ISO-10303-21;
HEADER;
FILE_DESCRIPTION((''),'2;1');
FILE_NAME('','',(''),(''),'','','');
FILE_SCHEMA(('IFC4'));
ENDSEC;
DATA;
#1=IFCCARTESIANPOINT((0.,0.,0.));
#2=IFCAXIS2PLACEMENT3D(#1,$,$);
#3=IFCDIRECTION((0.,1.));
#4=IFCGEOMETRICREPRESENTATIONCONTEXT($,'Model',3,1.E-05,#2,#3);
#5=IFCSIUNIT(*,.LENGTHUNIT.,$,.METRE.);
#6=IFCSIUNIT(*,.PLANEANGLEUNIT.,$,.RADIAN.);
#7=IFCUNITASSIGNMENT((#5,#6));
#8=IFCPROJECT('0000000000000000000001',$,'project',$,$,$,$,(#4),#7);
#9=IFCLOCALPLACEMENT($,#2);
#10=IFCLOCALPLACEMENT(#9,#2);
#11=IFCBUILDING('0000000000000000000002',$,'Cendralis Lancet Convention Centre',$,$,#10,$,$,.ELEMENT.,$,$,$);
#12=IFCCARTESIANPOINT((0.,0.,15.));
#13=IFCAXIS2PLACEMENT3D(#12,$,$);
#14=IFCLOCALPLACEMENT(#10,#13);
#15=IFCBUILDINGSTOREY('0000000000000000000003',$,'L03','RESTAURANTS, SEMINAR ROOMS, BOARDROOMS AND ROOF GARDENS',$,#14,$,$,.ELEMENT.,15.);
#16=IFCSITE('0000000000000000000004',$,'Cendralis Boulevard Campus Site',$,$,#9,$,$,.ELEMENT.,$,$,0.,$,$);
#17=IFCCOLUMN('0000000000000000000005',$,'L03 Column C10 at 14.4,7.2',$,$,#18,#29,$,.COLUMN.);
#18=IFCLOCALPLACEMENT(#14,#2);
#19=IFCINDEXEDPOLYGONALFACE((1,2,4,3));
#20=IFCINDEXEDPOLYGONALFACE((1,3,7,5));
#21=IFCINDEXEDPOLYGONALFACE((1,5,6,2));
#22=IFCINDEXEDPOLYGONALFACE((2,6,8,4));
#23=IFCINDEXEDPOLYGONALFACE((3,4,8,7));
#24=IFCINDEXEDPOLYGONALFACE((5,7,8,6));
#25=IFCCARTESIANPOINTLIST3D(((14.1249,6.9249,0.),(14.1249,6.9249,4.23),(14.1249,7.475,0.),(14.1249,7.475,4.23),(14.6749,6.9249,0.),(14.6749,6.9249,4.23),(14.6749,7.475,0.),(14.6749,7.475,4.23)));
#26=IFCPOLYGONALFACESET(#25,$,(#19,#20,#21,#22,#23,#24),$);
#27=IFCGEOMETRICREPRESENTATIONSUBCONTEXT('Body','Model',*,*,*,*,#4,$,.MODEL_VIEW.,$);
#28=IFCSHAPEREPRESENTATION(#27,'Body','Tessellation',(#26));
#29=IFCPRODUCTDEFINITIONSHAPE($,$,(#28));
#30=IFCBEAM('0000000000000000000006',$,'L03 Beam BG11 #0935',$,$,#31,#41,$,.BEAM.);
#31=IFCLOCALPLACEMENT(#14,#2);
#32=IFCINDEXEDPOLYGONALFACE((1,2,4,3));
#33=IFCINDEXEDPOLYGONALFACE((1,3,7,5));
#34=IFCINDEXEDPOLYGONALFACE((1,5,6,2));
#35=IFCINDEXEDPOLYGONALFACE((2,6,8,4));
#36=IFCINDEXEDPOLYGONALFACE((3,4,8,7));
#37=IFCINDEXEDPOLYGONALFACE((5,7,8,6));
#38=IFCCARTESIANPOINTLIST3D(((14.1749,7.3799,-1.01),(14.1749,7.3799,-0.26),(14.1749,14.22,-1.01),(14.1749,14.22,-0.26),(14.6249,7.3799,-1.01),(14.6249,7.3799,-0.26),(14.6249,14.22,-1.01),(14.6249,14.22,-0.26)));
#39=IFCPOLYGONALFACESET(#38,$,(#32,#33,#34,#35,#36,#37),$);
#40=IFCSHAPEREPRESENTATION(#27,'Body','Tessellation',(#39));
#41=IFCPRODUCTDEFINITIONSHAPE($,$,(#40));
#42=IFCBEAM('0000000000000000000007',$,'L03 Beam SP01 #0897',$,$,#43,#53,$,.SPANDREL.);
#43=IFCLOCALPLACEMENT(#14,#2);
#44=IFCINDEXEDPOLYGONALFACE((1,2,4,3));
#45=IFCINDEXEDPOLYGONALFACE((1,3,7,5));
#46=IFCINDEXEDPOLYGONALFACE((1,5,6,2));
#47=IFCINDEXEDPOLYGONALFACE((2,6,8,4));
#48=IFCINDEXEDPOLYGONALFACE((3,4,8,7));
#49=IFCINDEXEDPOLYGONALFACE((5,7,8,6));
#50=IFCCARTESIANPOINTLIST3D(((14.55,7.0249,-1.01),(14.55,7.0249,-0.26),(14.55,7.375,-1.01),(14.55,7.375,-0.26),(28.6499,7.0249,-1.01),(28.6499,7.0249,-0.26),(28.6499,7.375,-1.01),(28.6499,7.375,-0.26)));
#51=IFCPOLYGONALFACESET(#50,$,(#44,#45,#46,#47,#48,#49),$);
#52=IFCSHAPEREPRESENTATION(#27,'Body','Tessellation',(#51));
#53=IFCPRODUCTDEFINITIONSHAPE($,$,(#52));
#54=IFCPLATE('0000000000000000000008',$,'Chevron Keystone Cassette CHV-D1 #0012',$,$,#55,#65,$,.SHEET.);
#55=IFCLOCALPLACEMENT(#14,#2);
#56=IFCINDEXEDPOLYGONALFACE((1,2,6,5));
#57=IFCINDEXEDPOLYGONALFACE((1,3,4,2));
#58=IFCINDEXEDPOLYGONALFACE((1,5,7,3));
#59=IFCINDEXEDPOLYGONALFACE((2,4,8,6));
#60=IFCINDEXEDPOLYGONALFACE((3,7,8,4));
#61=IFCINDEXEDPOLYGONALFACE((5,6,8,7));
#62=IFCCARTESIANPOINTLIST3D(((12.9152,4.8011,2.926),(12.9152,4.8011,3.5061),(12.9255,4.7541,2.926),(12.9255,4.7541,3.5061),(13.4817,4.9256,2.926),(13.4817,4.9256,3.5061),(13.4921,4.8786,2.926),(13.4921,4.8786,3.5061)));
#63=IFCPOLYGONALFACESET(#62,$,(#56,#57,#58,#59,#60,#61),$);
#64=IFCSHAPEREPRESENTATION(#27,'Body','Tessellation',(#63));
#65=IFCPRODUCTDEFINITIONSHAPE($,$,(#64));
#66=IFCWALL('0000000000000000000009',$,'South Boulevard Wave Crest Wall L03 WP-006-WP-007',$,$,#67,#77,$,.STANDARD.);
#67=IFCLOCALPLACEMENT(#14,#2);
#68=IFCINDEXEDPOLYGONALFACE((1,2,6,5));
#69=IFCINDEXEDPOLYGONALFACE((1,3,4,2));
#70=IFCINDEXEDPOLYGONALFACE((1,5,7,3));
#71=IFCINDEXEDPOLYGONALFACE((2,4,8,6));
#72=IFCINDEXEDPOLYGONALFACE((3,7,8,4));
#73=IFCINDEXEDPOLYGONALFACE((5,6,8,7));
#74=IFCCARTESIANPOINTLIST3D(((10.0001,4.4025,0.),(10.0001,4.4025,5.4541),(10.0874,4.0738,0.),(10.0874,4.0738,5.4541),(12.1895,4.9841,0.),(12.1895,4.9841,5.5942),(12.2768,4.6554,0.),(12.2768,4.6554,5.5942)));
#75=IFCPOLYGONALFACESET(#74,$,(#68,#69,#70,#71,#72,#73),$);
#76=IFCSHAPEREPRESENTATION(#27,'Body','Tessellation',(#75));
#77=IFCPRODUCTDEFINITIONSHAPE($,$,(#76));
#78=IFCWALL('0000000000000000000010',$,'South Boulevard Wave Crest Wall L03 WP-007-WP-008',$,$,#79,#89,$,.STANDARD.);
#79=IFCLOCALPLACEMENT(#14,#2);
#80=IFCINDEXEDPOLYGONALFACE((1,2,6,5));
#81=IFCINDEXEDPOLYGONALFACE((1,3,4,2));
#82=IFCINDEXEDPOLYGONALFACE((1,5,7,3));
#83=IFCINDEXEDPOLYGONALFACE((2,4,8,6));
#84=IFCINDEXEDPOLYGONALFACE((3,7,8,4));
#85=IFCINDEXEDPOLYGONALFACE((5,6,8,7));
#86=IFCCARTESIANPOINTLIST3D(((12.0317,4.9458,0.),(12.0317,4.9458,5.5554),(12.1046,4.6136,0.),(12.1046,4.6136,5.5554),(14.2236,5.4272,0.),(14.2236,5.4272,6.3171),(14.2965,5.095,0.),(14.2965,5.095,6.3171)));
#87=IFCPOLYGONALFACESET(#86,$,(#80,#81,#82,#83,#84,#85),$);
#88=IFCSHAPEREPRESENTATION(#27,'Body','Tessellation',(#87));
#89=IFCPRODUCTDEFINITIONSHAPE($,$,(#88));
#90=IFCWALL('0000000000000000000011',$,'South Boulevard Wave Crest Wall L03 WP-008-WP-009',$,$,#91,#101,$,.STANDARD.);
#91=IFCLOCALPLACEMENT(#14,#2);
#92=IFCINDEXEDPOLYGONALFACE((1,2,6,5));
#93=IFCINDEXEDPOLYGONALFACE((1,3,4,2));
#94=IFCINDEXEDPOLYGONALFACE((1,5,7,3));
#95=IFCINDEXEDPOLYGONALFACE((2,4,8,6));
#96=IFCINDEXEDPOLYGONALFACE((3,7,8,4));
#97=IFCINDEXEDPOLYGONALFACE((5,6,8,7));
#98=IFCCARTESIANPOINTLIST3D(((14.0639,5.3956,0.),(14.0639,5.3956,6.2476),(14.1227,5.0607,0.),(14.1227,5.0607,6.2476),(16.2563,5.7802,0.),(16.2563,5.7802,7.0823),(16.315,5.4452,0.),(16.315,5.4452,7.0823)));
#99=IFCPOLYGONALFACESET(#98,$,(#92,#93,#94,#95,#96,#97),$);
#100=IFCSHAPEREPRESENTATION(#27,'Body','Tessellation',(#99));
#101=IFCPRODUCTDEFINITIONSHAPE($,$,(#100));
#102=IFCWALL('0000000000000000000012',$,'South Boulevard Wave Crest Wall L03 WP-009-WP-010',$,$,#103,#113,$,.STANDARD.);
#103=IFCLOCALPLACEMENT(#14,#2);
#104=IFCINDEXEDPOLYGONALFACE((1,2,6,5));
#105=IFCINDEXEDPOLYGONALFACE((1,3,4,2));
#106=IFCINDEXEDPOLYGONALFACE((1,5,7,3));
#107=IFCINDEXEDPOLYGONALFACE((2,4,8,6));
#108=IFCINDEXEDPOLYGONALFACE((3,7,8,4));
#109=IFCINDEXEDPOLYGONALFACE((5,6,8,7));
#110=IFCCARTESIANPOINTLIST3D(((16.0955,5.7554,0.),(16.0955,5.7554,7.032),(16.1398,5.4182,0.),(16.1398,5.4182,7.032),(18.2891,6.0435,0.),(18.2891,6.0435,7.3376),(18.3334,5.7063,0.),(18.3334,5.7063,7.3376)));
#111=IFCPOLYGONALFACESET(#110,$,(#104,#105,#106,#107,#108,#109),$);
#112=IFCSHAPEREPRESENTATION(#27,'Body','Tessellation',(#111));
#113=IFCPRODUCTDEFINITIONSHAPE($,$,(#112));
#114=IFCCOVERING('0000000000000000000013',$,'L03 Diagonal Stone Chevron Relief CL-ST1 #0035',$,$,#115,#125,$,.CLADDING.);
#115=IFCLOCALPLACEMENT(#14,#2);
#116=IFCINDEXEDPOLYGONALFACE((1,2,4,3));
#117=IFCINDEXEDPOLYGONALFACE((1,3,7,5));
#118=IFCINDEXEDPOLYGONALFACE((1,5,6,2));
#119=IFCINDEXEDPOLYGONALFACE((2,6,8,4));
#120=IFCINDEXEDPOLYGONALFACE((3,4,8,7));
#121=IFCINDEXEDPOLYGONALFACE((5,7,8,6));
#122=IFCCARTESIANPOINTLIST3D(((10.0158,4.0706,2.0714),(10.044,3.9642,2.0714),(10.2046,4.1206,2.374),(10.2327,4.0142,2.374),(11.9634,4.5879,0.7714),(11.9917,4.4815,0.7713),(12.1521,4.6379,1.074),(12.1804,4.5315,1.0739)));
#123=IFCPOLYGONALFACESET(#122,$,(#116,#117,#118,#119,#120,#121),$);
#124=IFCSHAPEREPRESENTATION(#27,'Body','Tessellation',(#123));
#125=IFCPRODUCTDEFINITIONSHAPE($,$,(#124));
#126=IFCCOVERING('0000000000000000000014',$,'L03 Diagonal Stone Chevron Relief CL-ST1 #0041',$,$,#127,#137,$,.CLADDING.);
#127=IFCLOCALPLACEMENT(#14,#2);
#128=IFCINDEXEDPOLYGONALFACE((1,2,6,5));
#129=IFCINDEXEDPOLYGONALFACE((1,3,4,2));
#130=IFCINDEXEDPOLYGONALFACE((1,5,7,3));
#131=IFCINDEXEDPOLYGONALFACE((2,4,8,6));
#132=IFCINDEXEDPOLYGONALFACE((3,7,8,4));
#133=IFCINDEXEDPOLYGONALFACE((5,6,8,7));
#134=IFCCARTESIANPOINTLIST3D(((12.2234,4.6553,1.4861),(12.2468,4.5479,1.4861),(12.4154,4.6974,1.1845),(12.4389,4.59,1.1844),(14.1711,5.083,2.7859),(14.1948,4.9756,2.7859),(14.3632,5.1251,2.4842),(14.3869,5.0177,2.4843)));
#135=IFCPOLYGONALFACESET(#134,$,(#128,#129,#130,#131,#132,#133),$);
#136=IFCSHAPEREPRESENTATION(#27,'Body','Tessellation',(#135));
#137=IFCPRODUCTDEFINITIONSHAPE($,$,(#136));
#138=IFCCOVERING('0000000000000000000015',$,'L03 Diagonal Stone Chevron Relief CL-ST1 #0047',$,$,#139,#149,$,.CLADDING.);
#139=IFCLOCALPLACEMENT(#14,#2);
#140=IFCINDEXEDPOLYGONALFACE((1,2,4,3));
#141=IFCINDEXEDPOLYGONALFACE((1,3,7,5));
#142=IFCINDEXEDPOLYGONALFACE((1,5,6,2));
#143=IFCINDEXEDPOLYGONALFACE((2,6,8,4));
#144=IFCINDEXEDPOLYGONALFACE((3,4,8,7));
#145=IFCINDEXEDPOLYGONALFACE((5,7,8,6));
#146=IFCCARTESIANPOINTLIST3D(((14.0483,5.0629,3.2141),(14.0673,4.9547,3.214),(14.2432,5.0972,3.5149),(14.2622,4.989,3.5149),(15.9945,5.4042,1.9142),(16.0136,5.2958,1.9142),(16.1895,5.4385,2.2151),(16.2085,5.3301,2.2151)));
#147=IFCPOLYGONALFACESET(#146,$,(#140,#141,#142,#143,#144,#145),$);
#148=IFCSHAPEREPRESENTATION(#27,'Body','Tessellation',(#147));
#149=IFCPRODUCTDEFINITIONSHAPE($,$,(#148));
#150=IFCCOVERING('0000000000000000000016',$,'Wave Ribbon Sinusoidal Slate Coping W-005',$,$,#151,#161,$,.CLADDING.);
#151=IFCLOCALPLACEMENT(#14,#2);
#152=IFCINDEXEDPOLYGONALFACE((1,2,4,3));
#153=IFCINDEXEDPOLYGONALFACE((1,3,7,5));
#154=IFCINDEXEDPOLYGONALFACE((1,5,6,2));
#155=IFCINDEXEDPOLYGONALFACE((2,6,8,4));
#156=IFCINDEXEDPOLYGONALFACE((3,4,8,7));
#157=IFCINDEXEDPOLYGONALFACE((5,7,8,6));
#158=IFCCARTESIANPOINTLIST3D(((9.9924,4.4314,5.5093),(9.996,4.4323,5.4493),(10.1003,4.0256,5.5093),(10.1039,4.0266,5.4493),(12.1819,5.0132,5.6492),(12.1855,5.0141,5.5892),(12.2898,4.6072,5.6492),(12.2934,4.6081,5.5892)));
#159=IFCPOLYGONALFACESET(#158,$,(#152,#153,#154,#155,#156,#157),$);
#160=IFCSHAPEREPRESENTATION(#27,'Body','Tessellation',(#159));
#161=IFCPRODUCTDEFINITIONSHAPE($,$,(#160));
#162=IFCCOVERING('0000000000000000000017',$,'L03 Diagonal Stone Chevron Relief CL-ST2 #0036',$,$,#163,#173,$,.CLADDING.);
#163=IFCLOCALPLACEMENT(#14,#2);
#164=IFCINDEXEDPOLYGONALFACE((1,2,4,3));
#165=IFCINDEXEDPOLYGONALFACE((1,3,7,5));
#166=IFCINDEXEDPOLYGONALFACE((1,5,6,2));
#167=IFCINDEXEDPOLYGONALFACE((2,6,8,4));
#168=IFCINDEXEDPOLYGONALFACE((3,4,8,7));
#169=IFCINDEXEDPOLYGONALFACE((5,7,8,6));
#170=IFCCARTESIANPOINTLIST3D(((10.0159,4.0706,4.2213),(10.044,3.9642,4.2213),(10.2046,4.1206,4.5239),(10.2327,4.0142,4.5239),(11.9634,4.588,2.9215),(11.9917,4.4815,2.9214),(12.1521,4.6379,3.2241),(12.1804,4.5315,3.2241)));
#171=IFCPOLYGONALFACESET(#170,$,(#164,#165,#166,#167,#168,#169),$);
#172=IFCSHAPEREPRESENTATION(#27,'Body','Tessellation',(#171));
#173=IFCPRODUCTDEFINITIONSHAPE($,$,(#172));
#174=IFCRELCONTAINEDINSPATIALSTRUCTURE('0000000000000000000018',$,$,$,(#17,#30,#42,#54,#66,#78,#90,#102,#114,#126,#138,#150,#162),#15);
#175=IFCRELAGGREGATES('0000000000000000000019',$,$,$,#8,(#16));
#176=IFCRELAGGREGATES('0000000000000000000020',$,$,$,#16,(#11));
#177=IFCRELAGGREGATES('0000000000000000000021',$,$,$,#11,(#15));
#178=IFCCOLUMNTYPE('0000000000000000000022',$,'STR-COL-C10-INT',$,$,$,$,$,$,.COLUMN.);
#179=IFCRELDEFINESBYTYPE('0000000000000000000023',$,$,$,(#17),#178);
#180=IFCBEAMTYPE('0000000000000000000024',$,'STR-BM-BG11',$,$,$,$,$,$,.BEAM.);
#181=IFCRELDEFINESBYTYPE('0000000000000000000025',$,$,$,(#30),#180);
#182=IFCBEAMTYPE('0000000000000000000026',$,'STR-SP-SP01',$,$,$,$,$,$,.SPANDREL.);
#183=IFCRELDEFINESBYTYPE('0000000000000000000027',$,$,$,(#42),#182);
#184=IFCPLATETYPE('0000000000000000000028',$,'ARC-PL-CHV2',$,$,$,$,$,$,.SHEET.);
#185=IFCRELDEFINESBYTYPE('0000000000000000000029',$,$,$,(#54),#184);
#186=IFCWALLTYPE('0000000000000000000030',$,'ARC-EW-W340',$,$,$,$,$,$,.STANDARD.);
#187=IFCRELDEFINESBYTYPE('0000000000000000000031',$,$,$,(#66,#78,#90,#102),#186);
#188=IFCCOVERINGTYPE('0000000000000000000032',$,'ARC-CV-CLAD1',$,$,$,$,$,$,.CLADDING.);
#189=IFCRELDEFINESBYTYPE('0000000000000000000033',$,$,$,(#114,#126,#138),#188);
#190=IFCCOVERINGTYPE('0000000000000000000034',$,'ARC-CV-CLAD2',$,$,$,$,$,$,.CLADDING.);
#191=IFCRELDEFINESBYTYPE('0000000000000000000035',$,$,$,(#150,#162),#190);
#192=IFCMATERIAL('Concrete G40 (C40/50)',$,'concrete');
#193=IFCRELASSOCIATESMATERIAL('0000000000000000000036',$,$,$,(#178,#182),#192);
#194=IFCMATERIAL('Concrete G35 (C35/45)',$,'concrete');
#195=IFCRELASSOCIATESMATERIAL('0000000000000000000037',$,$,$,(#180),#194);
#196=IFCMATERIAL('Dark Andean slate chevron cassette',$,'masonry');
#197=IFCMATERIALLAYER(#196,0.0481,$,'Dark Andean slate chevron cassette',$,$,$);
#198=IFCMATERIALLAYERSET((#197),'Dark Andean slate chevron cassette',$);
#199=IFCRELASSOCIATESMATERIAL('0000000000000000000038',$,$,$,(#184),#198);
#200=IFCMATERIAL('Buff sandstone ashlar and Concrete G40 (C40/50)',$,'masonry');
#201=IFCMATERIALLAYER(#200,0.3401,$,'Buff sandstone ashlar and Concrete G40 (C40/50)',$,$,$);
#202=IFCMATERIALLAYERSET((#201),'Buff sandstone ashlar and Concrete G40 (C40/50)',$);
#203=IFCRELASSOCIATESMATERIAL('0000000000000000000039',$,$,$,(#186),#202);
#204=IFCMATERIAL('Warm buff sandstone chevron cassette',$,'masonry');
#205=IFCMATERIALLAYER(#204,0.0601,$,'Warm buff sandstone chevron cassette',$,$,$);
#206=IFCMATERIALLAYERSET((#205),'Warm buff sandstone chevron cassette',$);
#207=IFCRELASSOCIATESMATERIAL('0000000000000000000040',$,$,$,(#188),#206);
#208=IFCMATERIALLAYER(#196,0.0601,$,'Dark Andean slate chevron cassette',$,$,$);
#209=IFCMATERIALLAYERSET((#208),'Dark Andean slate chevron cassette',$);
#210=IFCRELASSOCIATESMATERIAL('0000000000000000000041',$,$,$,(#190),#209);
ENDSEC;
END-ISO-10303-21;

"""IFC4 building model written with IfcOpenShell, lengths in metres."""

from ifc_helpers import new_model, si_unit, direction, frame, origin, origin_2d, place, context, subcontext, project, spatial, polyline, rectangle, outline, extrude, material, layer, layer_set, material_profile, profile_set, type_object, element, save


model = new_model("IFC4")

# Units and contexts
model_context = context("Model", 3, precision=1e-05, world=origin(), true_north=direction((0.0, 1.0)))
body_context = subcontext(model_context, "Body", "Model", "MODEL_VIEW")
ifc_project = project(units=[si_unit("LENGTHUNIT", "METRE"), si_unit("PLANEANGLEUNIT", "RADIAN")], contexts=[model_context])

# Site, building, storey
site_placement = place(None, origin())
site = spatial("IfcSite", under=ifc_project, at=site_placement, Name="Cendralis Boulevard Campus Site", CompositionType="ELEMENT", RefElevation=0.0)
building_placement = place(site_placement, origin())
building = spatial("IfcBuilding", under=site, at=building_placement, Name="Cendralis Lancet Convention Centre", CompositionType="ELEMENT")
storey_placement = place(building_placement, frame((0.0, 0.0, 15.0)))
storey = spatial("IfcBuildingStorey", under=building, at=storey_placement, Name="L03", Description="RESTAURANTS, SEMINAR ROOMS, BOARDROOMS AND ROOF GARDENS", CompositionType="ELEMENT", Elevation=15.0)

# Column
ifc_material_1 = material(Name="Concrete G40 (C40/50)", Category="concrete")
ifc_material_profile_1 = material_profile(ifc_material_1, rectangle(XDim=0.55, YDim=0.55, at=origin_2d()), Name="RC 550x550")
ifc_profile_set_1 = profile_set([ifc_material_profile_1], Name="Concrete G40 (C40/50)")
column_type = type_object("IfcColumnType", Name="STR-COL-C10-INT", PredefinedType="COLUMN", material=ifc_profile_set_1)
column_placement = place(storey_placement, frame((14.3999, 7.2, 0.0), z_axis=(0.0, 0.0, 1.0), x_axis=(1.0, 0.0, 0.0)))
element("IfcColumn", 1, at=column_placement, inside=storey, type_object=column_type, Name="L03 Column C10 at 14.4,7.2", PredefinedType="COLUMN", context=body_context, shape_type="SweptSolid", body=[
    extrude(rectangle(XDim=0.55, YDim=0.55, at=origin_2d()), origin(), (0.0, 0.0, 1.0), 4.23),
])

# Beams
ifc_material_2 = material(Name="Concrete G35 (C35/45)", Category="concrete")
ifc_material_profile_2 = material_profile(ifc_material_2, rectangle(XDim=0.45, YDim=0.75, at=origin_2d()), Name="RCB 450x750")
ifc_profile_set_2 = profile_set([ifc_material_profile_2], Name="Concrete G35 (C35/45)")
beam_type_1 = type_object("IfcBeamType", Name="STR-BM-BG11", PredefinedType="BEAM", material=ifc_profile_set_2)
beam_1_placement = place(storey_placement, frame((14.3999, 7.3799, -0.635), z_axis=(0.0, 1.0, 0.0), x_axis=(-1.0, 0.0, 0.0)))
element("IfcBeam", 2, at=beam_1_placement, inside=storey, type_object=beam_type_1, Name="L03 Beam BG11 #0935", PredefinedType="BEAM", context=body_context, shape_type="SweptSolid", body=[
    extrude(rectangle(XDim=0.45, YDim=0.75, at=origin_2d()), origin(), (0.0, 0.0, 1.0), 6.8401),
])
ifc_material_profile_3 = material_profile(ifc_material_1, rectangle(XDim=0.3501, YDim=0.75, at=origin_2d()), Name="RCB 350x750")
ifc_profile_set_3 = profile_set([ifc_material_profile_3], Name="Concrete G40 (C40/50)")
beam_type_2 = type_object("IfcBeamType", Name="STR-SP-SP01", PredefinedType="SPANDREL", material=ifc_profile_set_3)
beam_2_placement = place(storey_placement, frame((14.55, 7.2, -0.635), z_axis=(1.0, 0.0, 0.0), x_axis=(0.0, 1.0, 0.0)))
element("IfcBeam", 3, at=beam_2_placement, inside=storey, type_object=beam_type_2, Name="L03 Beam SP01 #0897", PredefinedType="SPANDREL", context=body_context, shape_type="SweptSolid", body=[
    extrude(rectangle(XDim=0.3501, YDim=0.75, at=origin_2d()), origin(), (0.0, 0.0, 1.0), 14.0999),
])

# Plate
ifc_material_3 = material(Name="Dark Andean slate chevron cassette", Category="masonry")
ifc_layer_1 = layer(ifc_material_3, 0.0481, Name="Dark Andean slate chevron cassette")
ifc_layer_set_1 = layer_set([ifc_layer_1], Name="Dark Andean slate chevron cassette")
plate_type = type_object("IfcPlateType", Name="ARC-PL-CHV2", PredefinedType="SHEET", material=ifc_layer_set_1)
plate_placement = place(storey_placement, frame((13.2036, 4.8398, 2.926), z_axis=(0.0, 0.0, 1.0), x_axis=(0.976717, 0.214531, 0.0)))
element("IfcPlate", 4, at=plate_placement, inside=storey, type_object=plate_type, Name="Chevron Keystone Cassette CHV-D1 #0012", PredefinedType="SHEET", context=body_context, shape_type="SweptSolid", body=[
    extrude(rectangle(XDim=0.5801, YDim=0.0481, at=origin_2d()), origin(), (0.0, 0.0, 1.0), 0.5801),
])

# Walls
ifc_material_4 = material(Name="Buff sandstone ashlar and Concrete G40 (C40/50)", Category="masonry")
ifc_layer_2 = layer(ifc_material_4, 0.3401, Name="Buff sandstone ashlar and Concrete G40 (C40/50)")
ifc_layer_set_2 = layer_set([ifc_layer_2], Name="Buff sandstone ashlar and Concrete G40 (C40/50)")
wall_type = type_object("IfcWallType", Name="ARC-EW-W340", PredefinedType="STANDARD", material=ifc_layer_set_2)
wall_1_placement = place(storey_placement, frame((10.0437, 4.2383, 0.0), z_axis=(0.0, 0.0, 1.0), x_axis=(0.966488, 0.25671, 0.0)))
element("IfcWall", 5, at=wall_1_placement, inside=storey, type_object=wall_type, Name="South Boulevard Wave Crest Wall L03 WP-006-WP-007", PredefinedType="STANDARD", context=body_context, shape_type="SweptSolid", body=[
    extrude(outline(polyline([(0.0, 0.0), (2.2654, 0.0), (2.2654, 5.5942), (0.0, 5.4541), (0.0, 0.0)])), frame((0.0, 0.1699, 0.0), z_axis=(0.0, -1.0, 0.0), x_axis=(1.0, 0.0, 0.0)), (0.0, 0.0, 1.0), 0.3401),
])
wall_2_placement = place(storey_placement, frame((12.0681, 4.7798, 0.0), z_axis=(0.0, 0.0, 1.0), x_axis=(0.976717, 0.214534, 0.0)))
element("IfcWall", 6, at=wall_2_placement, inside=storey, type_object=wall_type, Name="South Boulevard Wave Crest Wall L03 WP-007-WP-008", PredefinedType="STANDARD", context=body_context, shape_type="SweptSolid", body=[
    extrude(outline(polyline([(0.0, 0.0), (2.2441, 0.0), (2.2441, 6.3171), (0.0, 5.5554), (0.0, 0.0)])), frame((0.0, 0.1699, 0.0), z_axis=(0.0, -1.0, 0.0), x_axis=(1.0, 0.0, 0.0)), (0.0, 0.0, 1.0), 0.3401),
])
wall_3_placement = place(storey_placement, frame((14.0933, 5.2283, 0.0), z_axis=(0.0, 0.0, 1.0), x_axis=(0.984965, 0.172753, 0.0)))
element("IfcWall", 7, at=wall_3_placement, inside=storey, type_object=wall_type, Name="South Boulevard Wave Crest Wall L03 WP-008-WP-009", PredefinedType="STANDARD", context=body_context, shape_type="SweptSolid", body=[
    extrude(outline(polyline([(0.0, 0.0), (2.2258, 0.0), (2.2258, 7.0823), (0.0, 6.2476), (0.0, 0.0)])), frame((0.0, 0.1699, 0.0), z_axis=(0.0, -1.0, 0.0), x_axis=(1.0, 0.0, 0.0)), (0.0, 0.0, 1.0), 0.3401),
])
wall_4_placement = place(storey_placement, frame((16.1177, 5.5869, 0.0), z_axis=(0.0, 0.0, 1.0), x_axis=(0.991486, 0.130212, 0.0)))
element("IfcWall", 8, at=wall_4_placement, inside=storey, type_object=wall_type, Name="South Boulevard Wave Crest Wall L03 WP-009-WP-010", PredefinedType="STANDARD", context=body_context, shape_type="SweptSolid", body=[
    extrude(outline(polyline([(0.0, 0.0), (2.2124, 0.0), (2.2124, 7.3376), (0.0, 7.032), (0.0, 0.0)])), frame((0.0, 0.1699, 0.0), z_axis=(0.0, -1.0, 0.0), x_axis=(1.0, 0.0, 0.0)), (0.0, 0.0, 1.0), 0.3401),
])

# Coverings
ifc_material_5 = material(Name="Warm buff sandstone chevron cassette", Category="masonry")
ifc_layer_3 = layer(ifc_material_5, 0.0601, Name="Warm buff sandstone chevron cassette")
ifc_layer_set_3 = layer_set([ifc_layer_3], Name="Warm buff sandstone chevron cassette")
covering_type_1 = type_object("IfcCoveringType", Name="ARC-CV-CLAD1", PredefinedType="CLADDING", material=ifc_layer_set_3)
covering_1_placement = place(storey_placement, frame((10.2327, 4.0142, 2.374), z_axis=(0.524034, 0.138821, 0.840308), x_axis=(0.812149, 0.215711, -0.542109)))
element("IfcCovering", 9, at=covering_1_placement, inside=storey, type_object=covering_type_1, Name="L03 Diagonal Stone Chevron Relief CL-ST1 #0035", PredefinedType="CLADDING", context=body_context, shape_type="SweptSolid", body=[
    extrude(outline(polyline([(0.0, 0.0), (2.3982, 0.0), (2.3982, 0.1101), (0.0002, 0.1101), (0.0, 0.0)])), origin(), (0.0, 0.0, -1.0), 0.3601),
])
covering_2_placement = place(storey_placement, frame((12.2468, 4.5479, 1.4861), z_axis=(-0.53335, -0.116973, 0.837768), x_axis=(0.818274, 0.179674, 0.546027)))
element("IfcCovering", 10, at=covering_2_placement, inside=storey, type_object=covering_type_1, Name="L03 Diagonal Stone Chevron Relief CL-ST1 #0041", PredefinedType="CLADDING", context=body_context, shape_type="SweptSolid", body=[
    extrude(outline(polyline([(0.0, 0.0), (2.3806, 0.0), (2.3805, 0.11), (0.0001, 0.1099), (0.0, 0.0)])), origin(), (0.0, 0.0, -1.0), 0.3601),
])
covering_3_placement = place(storey_placement, frame((14.2622, 4.989, 3.5149), z_axis=(0.541258, 0.095193, 0.835451), x_axis=(0.822911, 0.144206, -0.549565)))
element("IfcCovering", 11, at=covering_3_placement, inside=storey, type_object=covering_type_1, Name="L03 Diagonal Stone Chevron Relief CL-ST1 #0047", PredefinedType="CLADDING", context=body_context, shape_type="SweptSolid", body=[
    extrude(outline(polyline([(0.0, 0.0), (2.3651, 0.0), (2.3651, 0.1101), (-0.0001, 0.1098), (0.0, 0.0)])), origin(), (0.0, 0.0, -1.0), 0.3601),
])
ifc_layer_4 = layer(ifc_material_3, 0.0601, Name="Dark Andean slate chevron cassette")
ifc_layer_set_4 = layer_set([ifc_layer_4], Name="Dark Andean slate chevron cassette")
covering_type_2 = type_object("IfcCoveringType", Name="ARC-CV-CLAD2", PredefinedType="CLADDING", material=ifc_layer_set_4)
covering_4_placement = place(storey_placement, frame((10.1003, 4.0256, 5.5093), z_axis=(-0.059565, -0.015836, 0.998099), x_axis=(0.964651, 0.256222, 0.061634)))
element("IfcCovering", 12, at=covering_4_placement, inside=storey, type_object=covering_type_2, Name="Wave Ribbon Sinusoidal Slate Coping W-005", PredefinedType="CLADDING", context=body_context, shape_type="SweptSolid", body=[
    extrude(outline(polyline([(0.0, 0.0), (2.2697, 0.0), (2.2696, 0.4201), (-0.0001, 0.4199), (0.0, 0.0)])), origin(), (0.0, 0.0, -1.0), 0.0601),
])
covering_5_placement = place(storey_placement, frame((10.2327, 4.0142, 4.5239), z_axis=(0.523964, 0.138802, 0.840354), x_axis=(0.812194, 0.215723, -0.542037)))
element("IfcCovering", 13, at=covering_5_placement, inside=storey, type_object=covering_type_2, Name="L03 Diagonal Stone Chevron Relief CL-ST2 #0036", PredefinedType="CLADDING", context=body_context, shape_type="SweptSolid", body=[
    extrude(outline(polyline([(0.0, 0.0), (2.3981, 0.0), (2.3981, 0.1101), (0.0002, 0.1101), (0.0, 0.0)])), origin(), (0.0, 0.0, -1.0), 0.3601),
])

save(model, "model.ifc")
